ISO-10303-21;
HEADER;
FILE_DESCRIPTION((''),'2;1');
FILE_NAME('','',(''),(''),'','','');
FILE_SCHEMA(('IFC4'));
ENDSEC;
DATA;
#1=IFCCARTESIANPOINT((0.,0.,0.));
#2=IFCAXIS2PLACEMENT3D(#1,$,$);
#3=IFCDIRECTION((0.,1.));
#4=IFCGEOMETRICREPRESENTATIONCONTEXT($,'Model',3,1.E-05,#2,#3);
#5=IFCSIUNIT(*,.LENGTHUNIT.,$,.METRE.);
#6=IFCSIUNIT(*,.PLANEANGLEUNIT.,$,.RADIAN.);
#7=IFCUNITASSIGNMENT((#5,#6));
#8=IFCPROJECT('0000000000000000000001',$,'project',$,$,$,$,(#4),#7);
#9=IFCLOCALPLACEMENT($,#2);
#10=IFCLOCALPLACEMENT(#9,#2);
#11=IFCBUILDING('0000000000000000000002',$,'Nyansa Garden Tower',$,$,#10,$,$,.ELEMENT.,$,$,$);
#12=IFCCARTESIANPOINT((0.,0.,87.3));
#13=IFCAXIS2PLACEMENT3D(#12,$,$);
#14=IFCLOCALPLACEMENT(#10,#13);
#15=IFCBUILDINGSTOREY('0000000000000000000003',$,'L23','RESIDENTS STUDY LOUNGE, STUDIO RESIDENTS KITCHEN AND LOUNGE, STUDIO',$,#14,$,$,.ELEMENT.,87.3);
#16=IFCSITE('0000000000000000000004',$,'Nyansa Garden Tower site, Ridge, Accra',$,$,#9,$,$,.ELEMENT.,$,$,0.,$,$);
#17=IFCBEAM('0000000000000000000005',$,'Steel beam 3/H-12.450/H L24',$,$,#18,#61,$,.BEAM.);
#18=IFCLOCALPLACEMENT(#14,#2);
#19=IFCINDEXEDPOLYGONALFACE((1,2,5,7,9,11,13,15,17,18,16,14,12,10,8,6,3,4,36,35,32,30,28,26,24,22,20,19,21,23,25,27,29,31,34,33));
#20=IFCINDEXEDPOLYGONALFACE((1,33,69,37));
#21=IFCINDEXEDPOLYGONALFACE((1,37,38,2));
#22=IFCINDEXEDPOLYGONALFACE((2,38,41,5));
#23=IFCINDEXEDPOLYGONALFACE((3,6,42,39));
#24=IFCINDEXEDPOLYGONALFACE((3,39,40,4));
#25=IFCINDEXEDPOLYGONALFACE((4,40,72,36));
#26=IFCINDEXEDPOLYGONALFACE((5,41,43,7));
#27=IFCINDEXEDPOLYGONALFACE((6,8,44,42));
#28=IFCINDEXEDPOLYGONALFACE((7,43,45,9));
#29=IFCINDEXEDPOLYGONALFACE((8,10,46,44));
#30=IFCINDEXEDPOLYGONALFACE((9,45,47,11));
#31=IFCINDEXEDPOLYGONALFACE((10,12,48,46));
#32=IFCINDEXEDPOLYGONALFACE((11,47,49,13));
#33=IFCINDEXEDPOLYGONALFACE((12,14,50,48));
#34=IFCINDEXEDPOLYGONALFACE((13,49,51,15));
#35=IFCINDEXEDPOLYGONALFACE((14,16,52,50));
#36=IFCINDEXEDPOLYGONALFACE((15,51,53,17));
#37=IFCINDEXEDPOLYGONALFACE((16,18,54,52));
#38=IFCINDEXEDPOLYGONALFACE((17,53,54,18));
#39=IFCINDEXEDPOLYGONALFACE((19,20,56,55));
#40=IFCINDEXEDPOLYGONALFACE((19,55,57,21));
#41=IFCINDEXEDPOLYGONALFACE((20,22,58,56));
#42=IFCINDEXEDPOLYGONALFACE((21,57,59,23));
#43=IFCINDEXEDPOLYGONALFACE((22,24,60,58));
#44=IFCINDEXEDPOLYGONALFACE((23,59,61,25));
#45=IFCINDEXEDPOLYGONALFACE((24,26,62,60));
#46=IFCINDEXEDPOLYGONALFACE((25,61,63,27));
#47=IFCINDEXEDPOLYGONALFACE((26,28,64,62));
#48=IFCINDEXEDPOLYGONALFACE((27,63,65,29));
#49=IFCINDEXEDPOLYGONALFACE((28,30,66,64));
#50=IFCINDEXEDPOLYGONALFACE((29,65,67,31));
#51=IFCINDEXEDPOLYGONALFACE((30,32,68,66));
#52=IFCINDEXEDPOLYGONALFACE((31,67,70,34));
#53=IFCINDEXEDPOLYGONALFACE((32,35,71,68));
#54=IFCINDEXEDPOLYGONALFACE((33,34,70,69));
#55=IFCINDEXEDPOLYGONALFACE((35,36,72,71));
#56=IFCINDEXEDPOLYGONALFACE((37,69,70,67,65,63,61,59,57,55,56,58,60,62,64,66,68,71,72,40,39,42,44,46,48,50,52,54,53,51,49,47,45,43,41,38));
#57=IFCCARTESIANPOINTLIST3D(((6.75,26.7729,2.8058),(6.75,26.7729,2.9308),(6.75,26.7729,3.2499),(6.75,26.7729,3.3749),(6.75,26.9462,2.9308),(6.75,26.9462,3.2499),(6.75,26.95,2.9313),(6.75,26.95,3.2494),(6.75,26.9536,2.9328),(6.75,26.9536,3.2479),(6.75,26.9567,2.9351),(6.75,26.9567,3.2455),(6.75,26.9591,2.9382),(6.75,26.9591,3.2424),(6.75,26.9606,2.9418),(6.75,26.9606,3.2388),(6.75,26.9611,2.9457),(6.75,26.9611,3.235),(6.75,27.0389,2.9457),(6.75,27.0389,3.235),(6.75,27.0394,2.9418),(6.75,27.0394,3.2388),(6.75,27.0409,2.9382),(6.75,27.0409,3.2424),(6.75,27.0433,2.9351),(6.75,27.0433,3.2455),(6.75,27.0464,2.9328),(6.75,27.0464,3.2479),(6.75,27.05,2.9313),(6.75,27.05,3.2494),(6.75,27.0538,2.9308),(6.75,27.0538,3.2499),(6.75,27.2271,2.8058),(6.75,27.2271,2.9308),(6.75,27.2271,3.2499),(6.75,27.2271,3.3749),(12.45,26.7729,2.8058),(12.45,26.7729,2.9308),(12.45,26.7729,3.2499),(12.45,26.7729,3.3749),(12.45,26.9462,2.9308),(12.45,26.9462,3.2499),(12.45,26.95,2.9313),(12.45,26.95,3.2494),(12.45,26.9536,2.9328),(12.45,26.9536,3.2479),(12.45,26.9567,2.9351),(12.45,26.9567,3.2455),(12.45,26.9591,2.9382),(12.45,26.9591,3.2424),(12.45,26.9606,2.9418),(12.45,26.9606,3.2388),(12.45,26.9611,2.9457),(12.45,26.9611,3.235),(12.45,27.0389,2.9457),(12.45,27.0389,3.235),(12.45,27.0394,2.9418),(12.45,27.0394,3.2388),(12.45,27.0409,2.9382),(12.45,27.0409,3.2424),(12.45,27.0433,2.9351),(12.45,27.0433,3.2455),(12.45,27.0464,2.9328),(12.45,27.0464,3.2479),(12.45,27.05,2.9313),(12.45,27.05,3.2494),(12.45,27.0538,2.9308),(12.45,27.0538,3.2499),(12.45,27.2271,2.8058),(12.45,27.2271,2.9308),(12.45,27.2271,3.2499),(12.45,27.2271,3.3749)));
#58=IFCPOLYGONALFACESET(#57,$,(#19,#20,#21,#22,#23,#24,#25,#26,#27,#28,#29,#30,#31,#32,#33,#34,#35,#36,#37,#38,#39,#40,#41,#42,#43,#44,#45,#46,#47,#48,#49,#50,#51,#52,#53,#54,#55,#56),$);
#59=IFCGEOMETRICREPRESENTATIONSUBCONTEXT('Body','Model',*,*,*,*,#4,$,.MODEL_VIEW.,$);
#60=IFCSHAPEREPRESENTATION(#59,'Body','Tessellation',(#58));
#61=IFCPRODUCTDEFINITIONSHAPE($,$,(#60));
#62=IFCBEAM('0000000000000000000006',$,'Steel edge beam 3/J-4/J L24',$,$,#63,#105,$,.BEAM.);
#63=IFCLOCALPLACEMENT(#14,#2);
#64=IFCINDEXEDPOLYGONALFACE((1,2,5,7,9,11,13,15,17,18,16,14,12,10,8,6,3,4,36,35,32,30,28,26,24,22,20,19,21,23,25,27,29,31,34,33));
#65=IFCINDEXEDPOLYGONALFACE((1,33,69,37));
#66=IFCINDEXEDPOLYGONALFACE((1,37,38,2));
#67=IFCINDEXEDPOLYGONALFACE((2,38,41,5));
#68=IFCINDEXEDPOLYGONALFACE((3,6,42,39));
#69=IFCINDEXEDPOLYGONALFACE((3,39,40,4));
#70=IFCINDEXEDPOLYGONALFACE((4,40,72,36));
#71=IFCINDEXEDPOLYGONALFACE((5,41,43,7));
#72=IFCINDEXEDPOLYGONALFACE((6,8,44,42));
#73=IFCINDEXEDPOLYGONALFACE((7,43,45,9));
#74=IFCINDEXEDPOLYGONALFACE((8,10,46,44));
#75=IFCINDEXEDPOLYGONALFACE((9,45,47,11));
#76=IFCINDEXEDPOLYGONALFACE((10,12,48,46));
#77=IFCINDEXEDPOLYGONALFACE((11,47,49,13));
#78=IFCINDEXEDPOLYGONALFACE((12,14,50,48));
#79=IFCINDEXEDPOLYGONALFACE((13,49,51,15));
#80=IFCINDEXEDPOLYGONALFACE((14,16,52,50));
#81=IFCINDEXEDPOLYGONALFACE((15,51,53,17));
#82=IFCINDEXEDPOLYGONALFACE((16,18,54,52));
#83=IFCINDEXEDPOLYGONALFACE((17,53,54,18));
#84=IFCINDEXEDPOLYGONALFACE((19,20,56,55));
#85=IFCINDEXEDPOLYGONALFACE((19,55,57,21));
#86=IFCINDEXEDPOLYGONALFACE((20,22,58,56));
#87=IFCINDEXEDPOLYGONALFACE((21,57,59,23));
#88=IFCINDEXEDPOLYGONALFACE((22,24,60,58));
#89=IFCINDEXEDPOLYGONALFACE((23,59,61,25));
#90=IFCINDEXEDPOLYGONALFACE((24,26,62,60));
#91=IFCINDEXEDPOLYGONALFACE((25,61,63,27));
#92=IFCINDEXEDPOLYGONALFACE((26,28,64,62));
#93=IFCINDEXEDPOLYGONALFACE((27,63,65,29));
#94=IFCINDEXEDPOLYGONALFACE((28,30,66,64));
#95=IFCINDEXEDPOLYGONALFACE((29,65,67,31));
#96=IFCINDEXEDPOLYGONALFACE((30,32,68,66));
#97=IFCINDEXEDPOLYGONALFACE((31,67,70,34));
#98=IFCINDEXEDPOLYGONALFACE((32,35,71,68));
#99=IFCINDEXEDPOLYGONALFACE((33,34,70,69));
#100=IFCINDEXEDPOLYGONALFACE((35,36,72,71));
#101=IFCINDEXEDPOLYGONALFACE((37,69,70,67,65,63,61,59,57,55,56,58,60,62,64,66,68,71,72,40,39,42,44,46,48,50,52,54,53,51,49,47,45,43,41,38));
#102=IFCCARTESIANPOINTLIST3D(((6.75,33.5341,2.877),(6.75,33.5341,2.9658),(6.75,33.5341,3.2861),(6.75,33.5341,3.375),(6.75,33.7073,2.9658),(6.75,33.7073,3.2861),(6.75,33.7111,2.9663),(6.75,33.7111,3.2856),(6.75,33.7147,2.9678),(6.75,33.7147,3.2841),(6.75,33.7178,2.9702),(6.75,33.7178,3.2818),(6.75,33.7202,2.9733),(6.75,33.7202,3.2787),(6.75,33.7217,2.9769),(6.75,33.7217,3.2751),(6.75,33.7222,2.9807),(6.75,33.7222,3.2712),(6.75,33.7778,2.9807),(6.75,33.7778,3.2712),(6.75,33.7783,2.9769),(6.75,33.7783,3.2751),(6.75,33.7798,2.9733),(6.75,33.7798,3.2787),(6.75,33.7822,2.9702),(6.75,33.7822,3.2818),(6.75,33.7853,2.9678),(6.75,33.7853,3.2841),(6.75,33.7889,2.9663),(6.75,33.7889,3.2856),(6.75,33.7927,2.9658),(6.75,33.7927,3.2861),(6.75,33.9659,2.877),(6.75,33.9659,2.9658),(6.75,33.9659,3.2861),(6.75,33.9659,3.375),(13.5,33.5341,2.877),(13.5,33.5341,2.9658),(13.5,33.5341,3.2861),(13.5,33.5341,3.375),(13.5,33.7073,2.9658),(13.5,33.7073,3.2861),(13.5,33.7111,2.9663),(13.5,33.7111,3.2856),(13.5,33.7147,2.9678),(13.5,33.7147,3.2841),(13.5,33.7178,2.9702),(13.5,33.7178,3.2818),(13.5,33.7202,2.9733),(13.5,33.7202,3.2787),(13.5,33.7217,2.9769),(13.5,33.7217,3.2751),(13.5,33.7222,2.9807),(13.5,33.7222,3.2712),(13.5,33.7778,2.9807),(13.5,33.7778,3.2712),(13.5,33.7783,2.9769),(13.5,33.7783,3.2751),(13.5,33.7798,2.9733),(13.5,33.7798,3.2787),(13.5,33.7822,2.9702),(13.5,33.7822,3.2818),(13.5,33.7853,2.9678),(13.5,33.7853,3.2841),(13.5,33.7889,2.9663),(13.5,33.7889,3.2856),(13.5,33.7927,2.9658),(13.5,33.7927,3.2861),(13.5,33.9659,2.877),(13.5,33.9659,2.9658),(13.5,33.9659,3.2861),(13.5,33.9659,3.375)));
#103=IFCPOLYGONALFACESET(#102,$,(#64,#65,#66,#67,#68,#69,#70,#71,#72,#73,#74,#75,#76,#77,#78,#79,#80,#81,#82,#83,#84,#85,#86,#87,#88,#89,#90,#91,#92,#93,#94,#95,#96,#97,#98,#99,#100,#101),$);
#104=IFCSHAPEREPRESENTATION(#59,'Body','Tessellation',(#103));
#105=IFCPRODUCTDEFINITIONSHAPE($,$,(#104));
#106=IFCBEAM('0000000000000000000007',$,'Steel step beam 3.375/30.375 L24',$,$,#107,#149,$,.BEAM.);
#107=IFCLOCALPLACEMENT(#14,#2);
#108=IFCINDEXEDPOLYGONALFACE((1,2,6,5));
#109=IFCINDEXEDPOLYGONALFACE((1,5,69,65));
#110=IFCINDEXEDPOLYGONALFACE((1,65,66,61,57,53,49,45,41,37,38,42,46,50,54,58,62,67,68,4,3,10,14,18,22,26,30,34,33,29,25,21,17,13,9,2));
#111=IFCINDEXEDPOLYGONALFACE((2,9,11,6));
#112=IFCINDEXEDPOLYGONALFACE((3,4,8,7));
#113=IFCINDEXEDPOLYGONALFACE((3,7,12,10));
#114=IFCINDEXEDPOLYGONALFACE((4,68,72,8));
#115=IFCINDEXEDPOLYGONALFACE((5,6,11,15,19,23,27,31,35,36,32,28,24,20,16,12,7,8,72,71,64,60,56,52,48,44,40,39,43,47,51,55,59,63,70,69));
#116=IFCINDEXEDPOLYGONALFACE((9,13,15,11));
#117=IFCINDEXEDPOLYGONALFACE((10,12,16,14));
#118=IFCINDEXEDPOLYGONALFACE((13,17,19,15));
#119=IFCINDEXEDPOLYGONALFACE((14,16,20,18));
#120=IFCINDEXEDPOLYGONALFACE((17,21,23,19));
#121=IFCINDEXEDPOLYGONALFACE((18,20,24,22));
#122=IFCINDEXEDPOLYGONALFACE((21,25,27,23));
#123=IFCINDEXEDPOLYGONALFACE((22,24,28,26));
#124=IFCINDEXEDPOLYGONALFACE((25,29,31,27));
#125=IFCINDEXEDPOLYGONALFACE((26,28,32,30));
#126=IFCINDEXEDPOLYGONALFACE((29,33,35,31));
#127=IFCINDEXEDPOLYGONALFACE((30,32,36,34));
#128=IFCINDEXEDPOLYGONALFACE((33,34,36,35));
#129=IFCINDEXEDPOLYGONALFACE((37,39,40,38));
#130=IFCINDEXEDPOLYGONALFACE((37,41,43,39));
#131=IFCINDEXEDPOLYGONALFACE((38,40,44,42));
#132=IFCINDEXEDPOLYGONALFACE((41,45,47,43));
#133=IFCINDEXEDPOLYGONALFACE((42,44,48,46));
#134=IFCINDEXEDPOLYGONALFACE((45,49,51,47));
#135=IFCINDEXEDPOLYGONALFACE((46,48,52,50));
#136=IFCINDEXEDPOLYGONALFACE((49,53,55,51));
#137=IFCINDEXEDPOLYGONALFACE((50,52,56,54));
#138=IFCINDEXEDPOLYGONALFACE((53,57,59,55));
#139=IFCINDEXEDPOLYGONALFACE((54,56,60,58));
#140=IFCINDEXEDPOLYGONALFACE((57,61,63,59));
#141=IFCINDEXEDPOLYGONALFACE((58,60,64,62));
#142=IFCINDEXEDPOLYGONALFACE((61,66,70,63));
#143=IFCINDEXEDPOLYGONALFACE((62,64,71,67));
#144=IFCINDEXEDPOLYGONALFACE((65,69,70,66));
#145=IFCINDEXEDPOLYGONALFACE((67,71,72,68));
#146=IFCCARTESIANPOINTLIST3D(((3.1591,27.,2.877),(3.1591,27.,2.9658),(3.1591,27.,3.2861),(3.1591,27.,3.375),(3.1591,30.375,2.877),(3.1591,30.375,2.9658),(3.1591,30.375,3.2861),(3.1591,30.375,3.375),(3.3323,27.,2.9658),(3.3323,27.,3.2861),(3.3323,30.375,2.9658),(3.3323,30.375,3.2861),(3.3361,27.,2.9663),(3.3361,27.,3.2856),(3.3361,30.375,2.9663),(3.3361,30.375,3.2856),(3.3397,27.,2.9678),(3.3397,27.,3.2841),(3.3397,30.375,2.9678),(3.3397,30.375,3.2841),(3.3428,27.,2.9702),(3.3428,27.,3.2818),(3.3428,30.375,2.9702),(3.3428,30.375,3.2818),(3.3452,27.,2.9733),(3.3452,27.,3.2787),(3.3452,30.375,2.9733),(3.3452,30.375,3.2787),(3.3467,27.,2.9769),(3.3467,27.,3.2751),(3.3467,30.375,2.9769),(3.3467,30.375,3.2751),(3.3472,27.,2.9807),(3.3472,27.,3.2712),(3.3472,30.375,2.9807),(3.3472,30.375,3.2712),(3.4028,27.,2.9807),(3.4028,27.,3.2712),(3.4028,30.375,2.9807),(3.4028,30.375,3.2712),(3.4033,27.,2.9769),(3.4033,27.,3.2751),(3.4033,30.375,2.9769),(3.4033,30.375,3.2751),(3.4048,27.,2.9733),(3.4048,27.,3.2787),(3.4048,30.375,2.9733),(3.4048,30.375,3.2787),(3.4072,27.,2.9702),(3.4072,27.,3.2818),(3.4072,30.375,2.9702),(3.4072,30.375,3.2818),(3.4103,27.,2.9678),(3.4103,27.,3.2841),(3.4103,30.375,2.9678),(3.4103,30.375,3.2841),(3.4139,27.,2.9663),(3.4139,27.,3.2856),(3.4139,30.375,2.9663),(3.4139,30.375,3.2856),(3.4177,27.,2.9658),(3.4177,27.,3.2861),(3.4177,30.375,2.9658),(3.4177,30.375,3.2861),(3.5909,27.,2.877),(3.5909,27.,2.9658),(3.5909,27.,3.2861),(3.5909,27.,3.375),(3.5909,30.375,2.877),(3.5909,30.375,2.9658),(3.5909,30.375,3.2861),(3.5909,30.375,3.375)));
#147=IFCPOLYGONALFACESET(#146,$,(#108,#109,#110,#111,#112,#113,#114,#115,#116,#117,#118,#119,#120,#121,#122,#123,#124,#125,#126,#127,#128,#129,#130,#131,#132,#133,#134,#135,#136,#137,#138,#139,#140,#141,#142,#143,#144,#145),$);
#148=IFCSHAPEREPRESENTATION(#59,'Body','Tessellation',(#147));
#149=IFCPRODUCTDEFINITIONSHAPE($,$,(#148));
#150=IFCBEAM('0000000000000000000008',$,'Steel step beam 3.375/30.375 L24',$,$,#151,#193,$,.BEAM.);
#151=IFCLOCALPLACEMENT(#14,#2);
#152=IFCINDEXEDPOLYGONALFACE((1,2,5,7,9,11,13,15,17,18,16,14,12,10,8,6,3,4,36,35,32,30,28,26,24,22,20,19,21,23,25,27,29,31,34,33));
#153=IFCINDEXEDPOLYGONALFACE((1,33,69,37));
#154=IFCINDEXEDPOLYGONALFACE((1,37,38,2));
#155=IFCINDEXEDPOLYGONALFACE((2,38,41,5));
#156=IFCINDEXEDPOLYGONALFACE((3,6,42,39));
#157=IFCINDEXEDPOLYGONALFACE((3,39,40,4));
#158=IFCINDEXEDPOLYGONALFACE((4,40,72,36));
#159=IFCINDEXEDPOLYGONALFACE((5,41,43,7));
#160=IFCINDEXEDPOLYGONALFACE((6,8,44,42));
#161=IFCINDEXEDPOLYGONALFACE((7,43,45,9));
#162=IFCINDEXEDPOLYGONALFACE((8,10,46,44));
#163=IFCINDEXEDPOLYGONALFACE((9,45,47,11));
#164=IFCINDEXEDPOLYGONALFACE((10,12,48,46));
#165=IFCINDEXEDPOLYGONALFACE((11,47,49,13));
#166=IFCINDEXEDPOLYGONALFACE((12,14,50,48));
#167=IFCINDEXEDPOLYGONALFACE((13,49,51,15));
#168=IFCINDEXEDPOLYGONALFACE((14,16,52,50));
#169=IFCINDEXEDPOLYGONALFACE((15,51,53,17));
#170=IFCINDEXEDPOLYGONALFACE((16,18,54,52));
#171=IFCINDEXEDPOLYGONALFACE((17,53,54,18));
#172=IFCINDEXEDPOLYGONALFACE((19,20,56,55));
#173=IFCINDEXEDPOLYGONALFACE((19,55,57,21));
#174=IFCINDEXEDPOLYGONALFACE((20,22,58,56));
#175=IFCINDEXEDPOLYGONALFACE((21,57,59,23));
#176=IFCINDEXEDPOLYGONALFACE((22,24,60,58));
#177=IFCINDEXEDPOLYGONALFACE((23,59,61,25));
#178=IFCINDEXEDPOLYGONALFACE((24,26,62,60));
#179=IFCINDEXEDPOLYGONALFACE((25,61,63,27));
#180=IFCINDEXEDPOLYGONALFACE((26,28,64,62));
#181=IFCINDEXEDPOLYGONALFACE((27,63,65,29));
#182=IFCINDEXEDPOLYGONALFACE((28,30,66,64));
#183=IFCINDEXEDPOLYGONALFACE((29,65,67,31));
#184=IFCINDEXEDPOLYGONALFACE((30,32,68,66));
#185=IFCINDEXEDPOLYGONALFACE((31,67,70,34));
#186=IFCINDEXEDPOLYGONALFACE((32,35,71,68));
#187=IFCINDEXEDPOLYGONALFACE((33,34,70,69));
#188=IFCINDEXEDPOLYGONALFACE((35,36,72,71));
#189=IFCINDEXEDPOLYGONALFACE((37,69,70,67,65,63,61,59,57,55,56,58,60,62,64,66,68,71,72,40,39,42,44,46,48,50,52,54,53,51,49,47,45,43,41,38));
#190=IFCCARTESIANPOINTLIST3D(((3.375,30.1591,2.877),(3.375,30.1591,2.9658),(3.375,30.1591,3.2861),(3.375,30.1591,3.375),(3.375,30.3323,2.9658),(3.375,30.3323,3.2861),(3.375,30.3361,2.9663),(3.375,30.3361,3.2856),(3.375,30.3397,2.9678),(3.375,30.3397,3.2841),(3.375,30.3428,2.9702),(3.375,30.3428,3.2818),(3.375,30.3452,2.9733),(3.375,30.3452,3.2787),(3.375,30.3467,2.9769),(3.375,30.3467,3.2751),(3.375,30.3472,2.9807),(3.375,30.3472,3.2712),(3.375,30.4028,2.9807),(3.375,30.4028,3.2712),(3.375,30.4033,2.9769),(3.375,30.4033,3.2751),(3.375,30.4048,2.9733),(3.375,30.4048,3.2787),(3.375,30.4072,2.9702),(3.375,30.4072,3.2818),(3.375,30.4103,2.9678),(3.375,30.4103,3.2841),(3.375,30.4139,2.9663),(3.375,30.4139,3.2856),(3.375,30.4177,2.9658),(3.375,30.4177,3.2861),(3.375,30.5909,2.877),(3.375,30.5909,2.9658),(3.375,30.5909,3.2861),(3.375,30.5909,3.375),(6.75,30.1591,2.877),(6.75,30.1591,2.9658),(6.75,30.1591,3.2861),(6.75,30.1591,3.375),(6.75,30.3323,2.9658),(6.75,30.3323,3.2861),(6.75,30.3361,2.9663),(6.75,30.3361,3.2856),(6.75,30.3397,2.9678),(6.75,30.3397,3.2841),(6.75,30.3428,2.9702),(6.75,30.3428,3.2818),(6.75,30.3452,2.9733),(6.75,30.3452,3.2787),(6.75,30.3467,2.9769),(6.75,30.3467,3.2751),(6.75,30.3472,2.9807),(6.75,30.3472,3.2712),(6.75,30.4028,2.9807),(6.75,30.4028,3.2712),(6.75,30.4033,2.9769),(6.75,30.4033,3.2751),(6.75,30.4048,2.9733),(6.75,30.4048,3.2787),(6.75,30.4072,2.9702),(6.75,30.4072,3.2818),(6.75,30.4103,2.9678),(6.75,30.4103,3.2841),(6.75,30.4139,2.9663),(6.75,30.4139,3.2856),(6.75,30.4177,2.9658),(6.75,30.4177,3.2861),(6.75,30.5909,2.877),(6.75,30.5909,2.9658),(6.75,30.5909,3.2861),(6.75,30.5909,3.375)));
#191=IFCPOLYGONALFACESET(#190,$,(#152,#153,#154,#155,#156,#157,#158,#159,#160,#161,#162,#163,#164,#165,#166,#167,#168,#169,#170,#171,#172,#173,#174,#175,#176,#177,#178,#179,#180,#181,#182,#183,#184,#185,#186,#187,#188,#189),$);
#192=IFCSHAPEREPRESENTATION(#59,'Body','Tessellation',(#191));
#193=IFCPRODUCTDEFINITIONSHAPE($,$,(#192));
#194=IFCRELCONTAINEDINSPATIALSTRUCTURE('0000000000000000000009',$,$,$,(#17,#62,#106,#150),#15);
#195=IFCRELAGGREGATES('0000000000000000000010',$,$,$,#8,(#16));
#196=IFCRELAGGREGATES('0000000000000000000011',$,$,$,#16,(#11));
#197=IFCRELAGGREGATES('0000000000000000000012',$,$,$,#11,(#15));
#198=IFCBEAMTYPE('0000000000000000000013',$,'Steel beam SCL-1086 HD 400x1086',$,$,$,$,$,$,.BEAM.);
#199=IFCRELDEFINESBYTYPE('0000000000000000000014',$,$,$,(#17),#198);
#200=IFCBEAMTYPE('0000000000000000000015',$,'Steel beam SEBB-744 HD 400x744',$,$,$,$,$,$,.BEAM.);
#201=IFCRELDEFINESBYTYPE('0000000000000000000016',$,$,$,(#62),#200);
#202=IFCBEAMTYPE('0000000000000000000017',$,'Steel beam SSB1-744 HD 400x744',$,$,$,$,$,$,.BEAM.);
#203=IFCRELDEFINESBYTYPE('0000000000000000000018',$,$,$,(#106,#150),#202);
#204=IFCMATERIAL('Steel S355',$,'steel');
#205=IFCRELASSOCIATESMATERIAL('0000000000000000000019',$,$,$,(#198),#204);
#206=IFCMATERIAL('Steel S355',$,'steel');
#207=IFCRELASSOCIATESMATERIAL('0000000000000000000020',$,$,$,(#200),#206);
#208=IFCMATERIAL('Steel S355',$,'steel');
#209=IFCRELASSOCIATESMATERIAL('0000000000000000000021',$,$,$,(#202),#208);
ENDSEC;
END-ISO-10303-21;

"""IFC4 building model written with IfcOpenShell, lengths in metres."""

from ifc_helpers import new_model, si_unit, direction, frame, origin, origin_2d, place, context, subcontext, project, spatial, i_section, extrude, material, material_profile, profile_set, type_object, element, save


model = new_model("IFC4")

# Units and contexts
model_context = context("Model", 3, precision=1e-05, world=origin(), true_north=direction((0.0, 1.0)))
body_context = subcontext(model_context, "Body", "Model", "MODEL_VIEW")
ifc_project = project(units=[si_unit("LENGTHUNIT", "METRE"), si_unit("PLANEANGLEUNIT", "RADIAN")], contexts=[model_context])

# Site, building, storey
site_placement = place(None, origin())
site = spatial("IfcSite", under=ifc_project, at=site_placement, Name="Nyansa Garden Tower site, Ridge, Accra", CompositionType="ELEMENT", RefElevation=0.0)
building_placement = place(site_placement, origin())
building = spatial("IfcBuilding", under=site, at=building_placement, Name="Nyansa Garden Tower", CompositionType="ELEMENT")
storey_placement = place(building_placement, frame((0.0, 0.0, 87.3)))
storey = spatial("IfcBuildingStorey", under=building, at=storey_placement, Name="L23", Description="RESIDENTS STUDY LOUNGE, STUDIO RESIDENTS KITCHEN AND LOUNGE, STUDIO", CompositionType="ELEMENT", Elevation=87.3)

# Beams
ifc_material_1 = material(Name="Steel S355", Category="steel")
ifc_material_profile_1 = material_profile(ifc_material_1, i_section(OverallWidth=0.4541, OverallDepth=0.5691, WebThickness=0.0779, FlangeThickness=0.125, FilletRadius=0.0149, at=origin_2d()), Name="HD 400x1086")
ifc_profile_set_1 = profile_set([ifc_material_profile_1], Name="Steel S355")
beam_type_1 = type_object("IfcBeamType", Name="Steel beam SCL-1086 HD 400x1086", PredefinedType="BEAM", material=ifc_profile_set_1)
beam_1_placement = place(storey_placement, frame((6.75, 27.0, 3.0903), z_axis=(1.0, 0.0, 0.0), x_axis=(0.0, 1.0, 0.0)))
element("IfcBeam", 1, at=beam_1_placement, inside=storey, type_object=beam_type_1, Name="Steel beam 3/H-12.450/H L24", PredefinedType="BEAM", context=body_context, shape_type="SweptSolid", body=[
    extrude(i_section(OverallWidth=0.4541, OverallDepth=0.5691, WebThickness=0.0779, FlangeThickness=0.125, FilletRadius=0.0149, at=origin_2d()), origin(), (0.0, 0.0, 1.0), 5.7),
])
ifc_material_2 = material(Name="Steel S355", Category="steel")
ifc_material_profile_2 = material_profile(ifc_material_2, i_section(OverallWidth=0.4319, OverallDepth=0.498, WebThickness=0.0557, FlangeThickness=0.0889, FilletRadius=0.0149, at=origin_2d()), Name="HD 400x744")
ifc_profile_set_2 = profile_set([ifc_material_profile_2], Name="Steel S355")
beam_type_2 = type_object("IfcBeamType", Name="Steel beam SEBB-744 HD 400x744", PredefinedType="BEAM", material=ifc_profile_set_2)
beam_2_placement = place(storey_placement, frame((6.75, 33.75, 3.126), z_axis=(1.0, 0.0, 0.0), x_axis=(0.0, 1.0, 0.0)))
element("IfcBeam", 2, at=beam_2_placement, inside=storey, type_object=beam_type_2, Name="Steel edge beam 3/J-4/J L24", PredefinedType="BEAM", context=body_context, shape_type="SweptSolid", body=[
    extrude(i_section(OverallWidth=0.4319, OverallDepth=0.498, WebThickness=0.0557, FlangeThickness=0.0889, FilletRadius=0.0149, at=origin_2d()), origin(), (0.0, 0.0, 1.0), 6.75),
])
ifc_material_3 = material(Name="Steel S355", Category="steel")
ifc_material_profile_3 = material_profile(ifc_material_3, i_section(OverallWidth=0.4319, OverallDepth=0.498, WebThickness=0.0557, FlangeThickness=0.0889, FilletRadius=0.0149, at=origin_2d()), Name="HD 400x744")
ifc_profile_set_3 = profile_set([ifc_material_profile_3], Name="Steel S355")
beam_type_3 = type_object("IfcBeamType", Name="Steel beam SSB1-744 HD 400x744", PredefinedType="BEAM", material=ifc_profile_set_3)
for number, where, z_axis, x_axis, name in (
    (3, (3.375, 30.375, 3.126), (0.0, -1.0, 0.0), (1.0, 0.0, 0.0), "Steel step beam 3.375/30.375 L24"),
    (4, (3.375, 30.375, 3.126), (1.0, 0.0, 0.0), (0.0, 1.0, 0.0), "Steel step beam 3.375/30.375 L24"),
):
    element("IfcBeam", number, at=place(storey_placement, frame(where, z_axis=z_axis, x_axis=x_axis)), inside=storey, type_object=beam_type_3, Name=name, PredefinedType="BEAM", context=body_context, shape_type="SweptSolid", body=[
        extrude(i_section(OverallWidth=0.4319, OverallDepth=0.498, WebThickness=0.0557, FlangeThickness=0.0889, FilletRadius=0.0149, at=origin_2d()), origin(), (0.0, 0.0, 1.0), 3.375),
    ])

save(model, "model.ifc")
